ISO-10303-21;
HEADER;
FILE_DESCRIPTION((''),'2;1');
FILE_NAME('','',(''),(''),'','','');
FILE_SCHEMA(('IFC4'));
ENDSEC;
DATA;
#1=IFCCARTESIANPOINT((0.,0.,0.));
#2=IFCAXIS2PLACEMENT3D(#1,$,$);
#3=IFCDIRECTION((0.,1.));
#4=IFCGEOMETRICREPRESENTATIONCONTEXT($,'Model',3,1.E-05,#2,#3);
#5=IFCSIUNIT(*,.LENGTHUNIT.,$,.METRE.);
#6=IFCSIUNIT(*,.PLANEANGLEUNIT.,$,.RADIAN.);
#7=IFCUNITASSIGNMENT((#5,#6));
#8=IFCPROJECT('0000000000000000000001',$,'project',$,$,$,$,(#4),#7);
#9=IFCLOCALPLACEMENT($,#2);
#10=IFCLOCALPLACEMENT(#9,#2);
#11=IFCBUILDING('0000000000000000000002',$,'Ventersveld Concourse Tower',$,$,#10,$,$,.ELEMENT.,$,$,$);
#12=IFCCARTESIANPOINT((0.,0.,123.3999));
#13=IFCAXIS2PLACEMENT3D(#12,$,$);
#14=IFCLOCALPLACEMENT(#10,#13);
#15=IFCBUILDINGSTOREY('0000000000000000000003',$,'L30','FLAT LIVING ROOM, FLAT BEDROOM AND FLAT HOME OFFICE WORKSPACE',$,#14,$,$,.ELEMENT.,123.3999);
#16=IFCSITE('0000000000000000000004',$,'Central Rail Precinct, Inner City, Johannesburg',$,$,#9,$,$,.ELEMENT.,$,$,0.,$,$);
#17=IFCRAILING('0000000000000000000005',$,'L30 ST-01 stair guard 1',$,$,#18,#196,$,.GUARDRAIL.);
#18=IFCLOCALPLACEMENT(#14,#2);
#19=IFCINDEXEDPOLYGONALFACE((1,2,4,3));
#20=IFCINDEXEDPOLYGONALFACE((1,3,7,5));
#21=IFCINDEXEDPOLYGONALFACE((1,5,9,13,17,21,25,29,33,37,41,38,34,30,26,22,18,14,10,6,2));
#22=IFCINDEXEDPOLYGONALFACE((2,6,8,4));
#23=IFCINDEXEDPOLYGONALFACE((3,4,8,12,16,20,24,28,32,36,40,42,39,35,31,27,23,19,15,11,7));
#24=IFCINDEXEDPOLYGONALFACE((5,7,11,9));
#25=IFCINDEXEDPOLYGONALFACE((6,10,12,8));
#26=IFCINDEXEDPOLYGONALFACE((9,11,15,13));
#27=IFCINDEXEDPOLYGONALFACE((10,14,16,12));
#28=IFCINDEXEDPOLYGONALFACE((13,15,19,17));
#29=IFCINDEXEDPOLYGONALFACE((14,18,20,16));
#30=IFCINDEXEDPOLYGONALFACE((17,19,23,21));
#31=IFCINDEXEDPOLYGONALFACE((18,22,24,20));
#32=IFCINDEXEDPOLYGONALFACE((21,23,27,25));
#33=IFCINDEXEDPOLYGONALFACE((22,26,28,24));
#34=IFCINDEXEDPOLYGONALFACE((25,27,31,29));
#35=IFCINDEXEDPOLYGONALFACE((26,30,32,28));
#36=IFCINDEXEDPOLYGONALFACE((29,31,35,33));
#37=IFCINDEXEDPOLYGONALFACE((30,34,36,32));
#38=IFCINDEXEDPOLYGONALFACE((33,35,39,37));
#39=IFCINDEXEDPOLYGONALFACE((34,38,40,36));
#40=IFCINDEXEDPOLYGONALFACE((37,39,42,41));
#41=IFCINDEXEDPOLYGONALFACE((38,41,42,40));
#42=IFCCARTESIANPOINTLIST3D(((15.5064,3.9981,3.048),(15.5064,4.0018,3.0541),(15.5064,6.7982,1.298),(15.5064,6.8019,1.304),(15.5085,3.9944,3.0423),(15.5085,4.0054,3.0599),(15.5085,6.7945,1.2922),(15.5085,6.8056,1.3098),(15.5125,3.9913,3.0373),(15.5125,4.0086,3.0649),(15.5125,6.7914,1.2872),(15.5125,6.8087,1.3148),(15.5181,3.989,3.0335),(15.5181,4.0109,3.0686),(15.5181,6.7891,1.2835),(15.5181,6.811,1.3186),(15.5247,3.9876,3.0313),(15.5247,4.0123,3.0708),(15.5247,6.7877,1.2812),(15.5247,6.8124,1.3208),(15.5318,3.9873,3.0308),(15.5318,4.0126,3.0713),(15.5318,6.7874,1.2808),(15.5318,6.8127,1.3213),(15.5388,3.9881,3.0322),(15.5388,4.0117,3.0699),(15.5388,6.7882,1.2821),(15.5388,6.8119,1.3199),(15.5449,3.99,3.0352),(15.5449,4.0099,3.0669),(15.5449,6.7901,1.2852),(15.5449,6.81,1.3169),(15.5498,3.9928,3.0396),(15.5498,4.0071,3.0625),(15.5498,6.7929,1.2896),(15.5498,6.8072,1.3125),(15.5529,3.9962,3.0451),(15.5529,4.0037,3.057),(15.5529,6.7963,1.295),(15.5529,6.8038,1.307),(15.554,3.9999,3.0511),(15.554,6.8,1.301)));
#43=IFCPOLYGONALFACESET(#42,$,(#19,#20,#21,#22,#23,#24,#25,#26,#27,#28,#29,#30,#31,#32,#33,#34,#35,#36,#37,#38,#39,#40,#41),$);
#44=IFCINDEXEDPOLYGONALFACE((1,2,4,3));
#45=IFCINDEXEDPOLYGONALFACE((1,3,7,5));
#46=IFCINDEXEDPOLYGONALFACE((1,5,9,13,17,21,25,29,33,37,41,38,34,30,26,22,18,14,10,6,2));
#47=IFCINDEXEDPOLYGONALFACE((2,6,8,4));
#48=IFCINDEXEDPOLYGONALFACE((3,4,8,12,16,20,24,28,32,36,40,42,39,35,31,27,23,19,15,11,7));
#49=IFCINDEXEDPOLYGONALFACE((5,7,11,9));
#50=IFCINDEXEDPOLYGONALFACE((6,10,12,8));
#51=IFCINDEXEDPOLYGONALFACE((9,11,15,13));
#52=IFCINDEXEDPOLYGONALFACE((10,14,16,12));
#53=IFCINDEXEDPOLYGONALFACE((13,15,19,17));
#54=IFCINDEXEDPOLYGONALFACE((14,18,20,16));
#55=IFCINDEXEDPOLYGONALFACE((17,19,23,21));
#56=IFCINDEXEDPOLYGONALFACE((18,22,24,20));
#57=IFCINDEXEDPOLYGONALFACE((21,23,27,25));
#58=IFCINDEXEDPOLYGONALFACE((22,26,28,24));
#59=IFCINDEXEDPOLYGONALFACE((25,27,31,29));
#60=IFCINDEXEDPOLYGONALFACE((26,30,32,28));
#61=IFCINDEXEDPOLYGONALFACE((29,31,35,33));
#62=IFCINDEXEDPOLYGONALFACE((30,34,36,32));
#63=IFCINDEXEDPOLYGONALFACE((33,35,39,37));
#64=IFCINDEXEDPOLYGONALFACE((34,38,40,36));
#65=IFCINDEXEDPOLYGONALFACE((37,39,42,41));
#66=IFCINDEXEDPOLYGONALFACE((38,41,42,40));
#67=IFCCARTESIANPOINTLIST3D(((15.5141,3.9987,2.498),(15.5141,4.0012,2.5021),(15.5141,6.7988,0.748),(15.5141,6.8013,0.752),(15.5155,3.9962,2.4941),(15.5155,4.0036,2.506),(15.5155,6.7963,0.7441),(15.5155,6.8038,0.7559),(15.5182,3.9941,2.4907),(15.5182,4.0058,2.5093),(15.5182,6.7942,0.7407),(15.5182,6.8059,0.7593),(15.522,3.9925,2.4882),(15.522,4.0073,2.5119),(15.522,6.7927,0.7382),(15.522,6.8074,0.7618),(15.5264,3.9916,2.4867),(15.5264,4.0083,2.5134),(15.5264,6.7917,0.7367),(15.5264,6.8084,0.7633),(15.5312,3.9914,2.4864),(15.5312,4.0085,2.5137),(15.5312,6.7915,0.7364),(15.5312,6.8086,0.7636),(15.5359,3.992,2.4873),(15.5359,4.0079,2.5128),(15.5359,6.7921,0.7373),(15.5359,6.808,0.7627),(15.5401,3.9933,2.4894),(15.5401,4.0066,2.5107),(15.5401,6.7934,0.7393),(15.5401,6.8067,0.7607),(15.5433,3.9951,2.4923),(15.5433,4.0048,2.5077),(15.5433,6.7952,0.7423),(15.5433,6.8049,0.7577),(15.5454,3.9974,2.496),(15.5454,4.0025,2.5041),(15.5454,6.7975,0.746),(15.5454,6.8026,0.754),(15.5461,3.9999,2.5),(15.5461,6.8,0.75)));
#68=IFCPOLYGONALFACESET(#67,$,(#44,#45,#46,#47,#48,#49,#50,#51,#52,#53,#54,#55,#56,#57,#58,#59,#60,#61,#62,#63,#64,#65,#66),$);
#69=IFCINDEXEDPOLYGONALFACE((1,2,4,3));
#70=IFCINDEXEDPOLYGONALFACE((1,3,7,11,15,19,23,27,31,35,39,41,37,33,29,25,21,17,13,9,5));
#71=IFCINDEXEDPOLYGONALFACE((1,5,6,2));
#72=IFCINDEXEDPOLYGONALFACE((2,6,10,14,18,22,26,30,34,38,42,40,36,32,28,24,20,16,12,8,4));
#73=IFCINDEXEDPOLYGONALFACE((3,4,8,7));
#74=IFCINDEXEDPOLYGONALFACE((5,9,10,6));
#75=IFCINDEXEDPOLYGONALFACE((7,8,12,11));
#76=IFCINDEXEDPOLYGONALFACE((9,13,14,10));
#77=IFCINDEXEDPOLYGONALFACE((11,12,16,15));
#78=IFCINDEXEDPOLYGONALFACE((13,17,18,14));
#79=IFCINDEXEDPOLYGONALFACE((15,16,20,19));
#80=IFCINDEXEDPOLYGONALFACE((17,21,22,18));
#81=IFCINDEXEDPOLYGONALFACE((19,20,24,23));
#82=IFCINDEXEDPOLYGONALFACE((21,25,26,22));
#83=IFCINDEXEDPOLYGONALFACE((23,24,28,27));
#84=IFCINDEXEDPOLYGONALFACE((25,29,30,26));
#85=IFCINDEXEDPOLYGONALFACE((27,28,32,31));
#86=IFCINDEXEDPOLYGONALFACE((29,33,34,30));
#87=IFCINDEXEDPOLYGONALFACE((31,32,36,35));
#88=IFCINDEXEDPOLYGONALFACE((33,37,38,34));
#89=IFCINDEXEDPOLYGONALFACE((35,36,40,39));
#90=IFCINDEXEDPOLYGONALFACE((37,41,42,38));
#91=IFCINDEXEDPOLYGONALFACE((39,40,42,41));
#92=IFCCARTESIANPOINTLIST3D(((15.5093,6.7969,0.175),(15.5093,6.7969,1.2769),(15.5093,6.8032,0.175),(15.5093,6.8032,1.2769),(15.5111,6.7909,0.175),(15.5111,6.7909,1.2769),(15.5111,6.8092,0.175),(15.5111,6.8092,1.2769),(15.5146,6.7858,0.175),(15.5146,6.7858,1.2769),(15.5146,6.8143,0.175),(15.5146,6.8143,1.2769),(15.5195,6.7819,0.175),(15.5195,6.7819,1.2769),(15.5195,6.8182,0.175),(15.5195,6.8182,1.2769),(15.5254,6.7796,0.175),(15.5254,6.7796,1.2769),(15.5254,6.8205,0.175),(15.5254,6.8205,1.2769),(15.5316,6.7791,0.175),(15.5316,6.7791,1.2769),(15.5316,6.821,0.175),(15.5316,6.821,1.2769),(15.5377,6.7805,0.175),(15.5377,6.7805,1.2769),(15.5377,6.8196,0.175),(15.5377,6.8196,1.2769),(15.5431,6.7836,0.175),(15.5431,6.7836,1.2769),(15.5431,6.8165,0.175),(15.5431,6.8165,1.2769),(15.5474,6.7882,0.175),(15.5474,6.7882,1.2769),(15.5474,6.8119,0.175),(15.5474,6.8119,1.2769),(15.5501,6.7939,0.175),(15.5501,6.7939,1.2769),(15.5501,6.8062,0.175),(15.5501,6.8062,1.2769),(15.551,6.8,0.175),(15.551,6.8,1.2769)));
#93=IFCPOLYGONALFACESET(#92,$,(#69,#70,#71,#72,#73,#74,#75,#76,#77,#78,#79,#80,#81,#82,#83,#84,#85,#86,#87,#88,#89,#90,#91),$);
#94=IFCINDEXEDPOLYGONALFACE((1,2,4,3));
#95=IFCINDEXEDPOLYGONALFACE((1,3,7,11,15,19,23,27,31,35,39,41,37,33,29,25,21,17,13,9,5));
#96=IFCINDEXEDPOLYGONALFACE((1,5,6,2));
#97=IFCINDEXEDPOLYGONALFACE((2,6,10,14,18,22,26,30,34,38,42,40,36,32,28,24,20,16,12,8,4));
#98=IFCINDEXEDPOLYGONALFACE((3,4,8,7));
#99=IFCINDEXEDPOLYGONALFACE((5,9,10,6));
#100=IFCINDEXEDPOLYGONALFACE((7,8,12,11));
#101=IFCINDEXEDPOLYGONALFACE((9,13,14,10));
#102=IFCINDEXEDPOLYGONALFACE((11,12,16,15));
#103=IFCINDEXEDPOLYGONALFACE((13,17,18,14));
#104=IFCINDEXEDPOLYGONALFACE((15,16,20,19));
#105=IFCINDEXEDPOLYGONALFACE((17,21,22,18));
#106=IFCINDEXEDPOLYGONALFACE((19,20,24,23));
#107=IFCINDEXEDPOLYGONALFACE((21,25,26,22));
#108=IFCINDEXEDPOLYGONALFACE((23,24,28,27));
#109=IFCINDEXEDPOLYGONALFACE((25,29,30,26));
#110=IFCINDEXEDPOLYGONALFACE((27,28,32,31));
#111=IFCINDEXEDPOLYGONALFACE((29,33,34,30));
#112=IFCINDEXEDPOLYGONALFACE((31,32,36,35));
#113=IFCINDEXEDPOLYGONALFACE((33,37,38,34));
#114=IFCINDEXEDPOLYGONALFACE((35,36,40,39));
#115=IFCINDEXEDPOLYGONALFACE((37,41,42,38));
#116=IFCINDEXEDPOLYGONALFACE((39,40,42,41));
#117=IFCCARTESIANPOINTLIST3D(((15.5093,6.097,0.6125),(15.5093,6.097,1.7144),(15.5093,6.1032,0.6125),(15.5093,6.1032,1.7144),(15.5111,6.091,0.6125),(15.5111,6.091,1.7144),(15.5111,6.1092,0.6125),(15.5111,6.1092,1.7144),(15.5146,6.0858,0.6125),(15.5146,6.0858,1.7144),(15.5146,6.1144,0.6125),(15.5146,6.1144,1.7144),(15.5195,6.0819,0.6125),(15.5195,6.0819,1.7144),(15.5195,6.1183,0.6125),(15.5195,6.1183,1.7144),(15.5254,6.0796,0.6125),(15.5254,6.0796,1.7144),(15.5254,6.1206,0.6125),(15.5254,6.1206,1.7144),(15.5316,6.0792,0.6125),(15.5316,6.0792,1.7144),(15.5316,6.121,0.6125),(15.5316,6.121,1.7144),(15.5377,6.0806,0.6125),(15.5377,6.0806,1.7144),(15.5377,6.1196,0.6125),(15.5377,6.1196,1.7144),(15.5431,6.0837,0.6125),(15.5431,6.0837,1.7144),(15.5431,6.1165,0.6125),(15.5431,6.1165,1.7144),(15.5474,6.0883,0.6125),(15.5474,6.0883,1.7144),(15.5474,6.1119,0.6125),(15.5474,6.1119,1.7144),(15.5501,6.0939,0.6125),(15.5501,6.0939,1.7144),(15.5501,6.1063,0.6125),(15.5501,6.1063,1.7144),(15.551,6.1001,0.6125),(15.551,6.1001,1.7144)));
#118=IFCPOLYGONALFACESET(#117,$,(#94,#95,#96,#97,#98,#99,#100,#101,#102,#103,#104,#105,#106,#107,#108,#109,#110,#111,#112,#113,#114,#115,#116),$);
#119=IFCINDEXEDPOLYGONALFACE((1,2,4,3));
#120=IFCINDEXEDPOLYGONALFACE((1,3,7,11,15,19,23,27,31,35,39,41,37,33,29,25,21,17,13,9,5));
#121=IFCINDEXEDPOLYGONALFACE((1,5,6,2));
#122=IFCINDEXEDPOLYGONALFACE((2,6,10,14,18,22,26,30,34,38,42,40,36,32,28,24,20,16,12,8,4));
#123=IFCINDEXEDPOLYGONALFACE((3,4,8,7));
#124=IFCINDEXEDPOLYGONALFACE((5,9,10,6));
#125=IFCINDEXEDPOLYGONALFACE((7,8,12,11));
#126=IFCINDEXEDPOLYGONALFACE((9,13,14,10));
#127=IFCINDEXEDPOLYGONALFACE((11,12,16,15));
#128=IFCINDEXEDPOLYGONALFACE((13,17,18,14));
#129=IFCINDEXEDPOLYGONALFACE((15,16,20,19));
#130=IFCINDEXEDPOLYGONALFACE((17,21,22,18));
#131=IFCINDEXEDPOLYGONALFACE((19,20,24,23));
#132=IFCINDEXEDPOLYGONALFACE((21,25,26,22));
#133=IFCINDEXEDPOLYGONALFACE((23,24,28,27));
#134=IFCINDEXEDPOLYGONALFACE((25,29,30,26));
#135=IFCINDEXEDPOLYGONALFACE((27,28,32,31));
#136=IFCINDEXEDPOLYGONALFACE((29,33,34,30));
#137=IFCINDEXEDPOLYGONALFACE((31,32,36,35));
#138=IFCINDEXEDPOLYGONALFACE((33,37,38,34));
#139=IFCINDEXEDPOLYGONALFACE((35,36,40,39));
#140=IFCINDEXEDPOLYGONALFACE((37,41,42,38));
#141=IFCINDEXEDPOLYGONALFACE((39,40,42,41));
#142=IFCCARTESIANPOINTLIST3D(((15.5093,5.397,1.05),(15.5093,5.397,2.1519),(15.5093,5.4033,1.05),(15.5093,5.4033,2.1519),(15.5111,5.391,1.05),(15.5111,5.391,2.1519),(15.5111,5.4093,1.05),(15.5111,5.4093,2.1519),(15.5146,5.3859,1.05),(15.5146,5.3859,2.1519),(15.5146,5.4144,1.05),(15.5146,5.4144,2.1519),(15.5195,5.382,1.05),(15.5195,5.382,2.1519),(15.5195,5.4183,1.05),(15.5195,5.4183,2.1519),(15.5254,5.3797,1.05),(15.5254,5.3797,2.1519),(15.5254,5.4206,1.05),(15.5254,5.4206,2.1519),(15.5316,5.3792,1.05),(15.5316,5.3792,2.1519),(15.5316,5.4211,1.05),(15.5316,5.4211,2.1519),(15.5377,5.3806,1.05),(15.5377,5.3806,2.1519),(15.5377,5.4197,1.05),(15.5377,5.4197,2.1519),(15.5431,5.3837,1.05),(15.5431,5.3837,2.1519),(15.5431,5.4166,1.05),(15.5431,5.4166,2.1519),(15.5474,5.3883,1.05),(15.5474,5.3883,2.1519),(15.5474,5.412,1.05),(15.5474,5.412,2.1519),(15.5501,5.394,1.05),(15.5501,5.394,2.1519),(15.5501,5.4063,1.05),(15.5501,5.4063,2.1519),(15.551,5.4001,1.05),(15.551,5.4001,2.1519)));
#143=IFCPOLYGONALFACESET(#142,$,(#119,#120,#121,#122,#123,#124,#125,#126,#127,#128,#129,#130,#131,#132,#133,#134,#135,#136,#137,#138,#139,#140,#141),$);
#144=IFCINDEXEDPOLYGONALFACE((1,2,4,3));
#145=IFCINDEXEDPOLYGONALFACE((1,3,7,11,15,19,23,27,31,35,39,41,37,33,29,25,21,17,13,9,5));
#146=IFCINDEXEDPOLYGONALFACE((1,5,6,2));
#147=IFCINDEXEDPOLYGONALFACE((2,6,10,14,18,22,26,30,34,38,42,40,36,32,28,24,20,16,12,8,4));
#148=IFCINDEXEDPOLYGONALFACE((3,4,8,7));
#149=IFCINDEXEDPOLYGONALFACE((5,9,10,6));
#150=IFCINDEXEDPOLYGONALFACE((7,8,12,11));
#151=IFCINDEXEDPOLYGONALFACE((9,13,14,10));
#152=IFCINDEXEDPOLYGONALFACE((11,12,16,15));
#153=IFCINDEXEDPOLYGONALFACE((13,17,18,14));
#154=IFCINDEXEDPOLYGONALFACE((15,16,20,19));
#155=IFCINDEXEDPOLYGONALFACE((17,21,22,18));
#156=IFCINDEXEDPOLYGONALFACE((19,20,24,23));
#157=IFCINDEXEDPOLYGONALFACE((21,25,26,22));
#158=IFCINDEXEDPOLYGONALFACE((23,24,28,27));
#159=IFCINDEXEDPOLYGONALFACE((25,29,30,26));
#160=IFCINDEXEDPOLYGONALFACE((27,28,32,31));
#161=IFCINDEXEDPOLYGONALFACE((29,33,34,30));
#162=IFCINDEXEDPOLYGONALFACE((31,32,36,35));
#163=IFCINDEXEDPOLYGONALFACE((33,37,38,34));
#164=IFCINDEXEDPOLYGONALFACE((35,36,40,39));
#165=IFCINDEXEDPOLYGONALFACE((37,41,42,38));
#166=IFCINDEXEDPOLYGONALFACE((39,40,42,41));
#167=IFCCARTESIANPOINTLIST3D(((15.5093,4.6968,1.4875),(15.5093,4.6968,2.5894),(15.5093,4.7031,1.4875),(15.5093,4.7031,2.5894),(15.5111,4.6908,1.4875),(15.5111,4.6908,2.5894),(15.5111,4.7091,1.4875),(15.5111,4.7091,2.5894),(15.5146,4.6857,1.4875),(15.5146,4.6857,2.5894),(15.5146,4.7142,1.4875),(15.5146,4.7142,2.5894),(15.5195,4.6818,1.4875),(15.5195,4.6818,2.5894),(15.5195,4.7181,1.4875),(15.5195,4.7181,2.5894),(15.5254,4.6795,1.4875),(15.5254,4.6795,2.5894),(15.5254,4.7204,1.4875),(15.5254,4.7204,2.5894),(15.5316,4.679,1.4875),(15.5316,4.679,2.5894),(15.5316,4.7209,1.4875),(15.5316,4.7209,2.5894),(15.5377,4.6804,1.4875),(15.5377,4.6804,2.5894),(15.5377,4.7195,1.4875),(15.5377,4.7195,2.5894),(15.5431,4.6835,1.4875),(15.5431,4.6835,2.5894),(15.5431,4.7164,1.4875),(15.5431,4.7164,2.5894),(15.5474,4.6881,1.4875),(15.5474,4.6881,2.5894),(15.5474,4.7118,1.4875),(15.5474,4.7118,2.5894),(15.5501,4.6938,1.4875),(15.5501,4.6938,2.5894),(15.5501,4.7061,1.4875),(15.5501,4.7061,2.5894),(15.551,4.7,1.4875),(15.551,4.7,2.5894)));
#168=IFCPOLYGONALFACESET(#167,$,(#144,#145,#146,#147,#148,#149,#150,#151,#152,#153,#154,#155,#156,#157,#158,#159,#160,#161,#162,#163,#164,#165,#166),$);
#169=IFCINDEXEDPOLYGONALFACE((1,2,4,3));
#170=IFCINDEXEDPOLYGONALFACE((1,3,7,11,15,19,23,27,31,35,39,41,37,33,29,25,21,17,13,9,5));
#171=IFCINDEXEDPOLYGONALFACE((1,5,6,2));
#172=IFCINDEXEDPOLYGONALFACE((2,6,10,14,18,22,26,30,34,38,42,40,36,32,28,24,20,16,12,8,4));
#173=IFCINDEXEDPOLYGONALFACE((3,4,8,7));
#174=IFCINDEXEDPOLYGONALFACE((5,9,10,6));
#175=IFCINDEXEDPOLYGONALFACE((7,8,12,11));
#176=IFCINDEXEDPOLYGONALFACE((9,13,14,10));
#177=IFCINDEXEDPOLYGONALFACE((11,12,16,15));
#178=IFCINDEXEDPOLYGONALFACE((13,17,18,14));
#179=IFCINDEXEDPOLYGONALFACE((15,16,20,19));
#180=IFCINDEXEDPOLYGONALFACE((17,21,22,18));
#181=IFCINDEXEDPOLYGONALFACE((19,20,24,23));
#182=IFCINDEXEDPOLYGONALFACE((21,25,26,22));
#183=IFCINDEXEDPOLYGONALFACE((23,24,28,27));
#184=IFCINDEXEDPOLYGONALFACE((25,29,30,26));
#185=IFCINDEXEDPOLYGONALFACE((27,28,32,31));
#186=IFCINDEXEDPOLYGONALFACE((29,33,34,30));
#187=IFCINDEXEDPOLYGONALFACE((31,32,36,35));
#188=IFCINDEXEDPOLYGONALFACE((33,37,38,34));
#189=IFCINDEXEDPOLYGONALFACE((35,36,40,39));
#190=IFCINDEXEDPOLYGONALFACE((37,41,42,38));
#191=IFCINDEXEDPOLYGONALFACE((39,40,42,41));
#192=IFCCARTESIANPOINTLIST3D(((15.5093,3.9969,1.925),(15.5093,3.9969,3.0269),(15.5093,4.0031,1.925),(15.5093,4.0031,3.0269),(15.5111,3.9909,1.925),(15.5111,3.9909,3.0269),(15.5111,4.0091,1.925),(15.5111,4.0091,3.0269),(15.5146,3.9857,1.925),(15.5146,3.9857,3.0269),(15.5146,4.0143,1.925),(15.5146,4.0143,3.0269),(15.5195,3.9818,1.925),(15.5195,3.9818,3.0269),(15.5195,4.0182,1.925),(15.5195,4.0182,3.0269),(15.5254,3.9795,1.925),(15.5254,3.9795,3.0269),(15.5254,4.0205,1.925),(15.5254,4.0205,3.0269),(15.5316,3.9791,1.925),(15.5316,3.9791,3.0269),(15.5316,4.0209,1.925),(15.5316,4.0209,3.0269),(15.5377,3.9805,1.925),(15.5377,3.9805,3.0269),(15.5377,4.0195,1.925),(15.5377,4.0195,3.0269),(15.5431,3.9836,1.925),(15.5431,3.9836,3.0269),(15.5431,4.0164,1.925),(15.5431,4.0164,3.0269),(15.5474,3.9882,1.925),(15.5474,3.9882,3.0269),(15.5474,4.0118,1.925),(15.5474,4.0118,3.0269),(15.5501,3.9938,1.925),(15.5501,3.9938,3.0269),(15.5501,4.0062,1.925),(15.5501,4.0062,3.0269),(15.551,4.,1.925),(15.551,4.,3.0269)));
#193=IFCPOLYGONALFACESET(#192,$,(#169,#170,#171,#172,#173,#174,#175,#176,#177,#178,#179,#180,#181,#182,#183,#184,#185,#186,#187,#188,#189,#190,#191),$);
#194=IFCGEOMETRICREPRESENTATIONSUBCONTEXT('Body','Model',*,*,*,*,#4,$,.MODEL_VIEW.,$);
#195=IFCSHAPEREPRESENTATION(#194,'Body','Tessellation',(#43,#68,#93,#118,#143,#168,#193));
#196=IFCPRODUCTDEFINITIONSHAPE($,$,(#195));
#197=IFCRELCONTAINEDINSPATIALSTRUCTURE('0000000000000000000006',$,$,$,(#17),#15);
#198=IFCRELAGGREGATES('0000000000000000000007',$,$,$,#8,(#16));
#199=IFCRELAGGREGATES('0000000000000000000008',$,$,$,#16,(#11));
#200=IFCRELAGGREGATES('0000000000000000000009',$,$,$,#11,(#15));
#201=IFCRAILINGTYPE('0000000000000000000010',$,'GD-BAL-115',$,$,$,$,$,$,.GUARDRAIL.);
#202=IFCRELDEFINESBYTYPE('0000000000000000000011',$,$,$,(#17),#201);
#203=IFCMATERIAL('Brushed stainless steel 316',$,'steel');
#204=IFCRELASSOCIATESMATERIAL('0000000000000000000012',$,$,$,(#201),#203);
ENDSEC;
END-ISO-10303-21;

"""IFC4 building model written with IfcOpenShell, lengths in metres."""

from ifc_helpers import new_model, si_unit, direction, frame, origin, origin_2d, place, context, subcontext, project, spatial, circle, extrude, material, type_object, element, save


model = new_model("IFC4")

# Units and contexts
model_context = context("Model", 3, precision=1e-05, world=origin(), true_north=direction((0.0, 1.0)))
body_context = subcontext(model_context, "Body", "Model", "MODEL_VIEW")
ifc_project = project(units=[si_unit("LENGTHUNIT", "METRE"), si_unit("PLANEANGLEUNIT", "RADIAN")], contexts=[model_context])

# Site, building, storey
site_placement = place(None, origin())
site = spatial("IfcSite", under=ifc_project, at=site_placement, Name="Central Rail Precinct, Inner City, Johannesburg", CompositionType="ELEMENT", RefElevation=0.0)
building_placement = place(site_placement, origin())
building = spatial("IfcBuilding", under=site, at=building_placement, Name="Ventersveld Concourse Tower", CompositionType="ELEMENT")
storey_placement = place(building_placement, frame((0.0, 0.0, 123.3999)))
storey = spatial("IfcBuildingStorey", under=building, at=storey_placement, Name="L30", Description="FLAT LIVING ROOM, FLAT BEDROOM AND FLAT HOME OFFICE WORKSPACE", CompositionType="ELEMENT", Elevation=123.3999)

# Railing
ifc_material_1 = material(Name="Brushed stainless steel 316", Category="steel")
railing_type_1 = type_object("IfcRailingType", Name="GD-BAL-115", PredefinedType="GUARDRAIL", material=ifc_material_1)
railing_1_placement = place(storey_placement, frame((15.53, 6.8, 0.175)))
element("IfcRailing", 1, at=railing_1_placement, inside=storey, type_object=railing_type_1, Name="L30 ST-01 stair guard 1", PredefinedType="GUARDRAIL", context=body_context, shape_type="SweptSolid", body=[
    extrude(circle(Radius=0.0239, at=origin_2d()), frame((0.0, 0.0, 1.126), z_axis=(0.0, -0.848002, 0.529992), x_axis=(1.0, 0.0, 0.0)), (0.0, 0.0, 1.0), 3.302),
    extrude(circle(Radius=0.0161, at=origin_2d()), frame((0.0, 0.0, 0.575), z_axis=(0.0, -0.848002, 0.529992), x_axis=(1.0, 0.0, 0.0)), (0.0, 0.0, 1.0), 3.302),
    extrude(circle(Radius=0.021, at=origin_2d()), origin(), (0.0, 0.0, 1.0), 1.1018),
    extrude(circle(Radius=0.021, at=origin_2d()), frame((0.0, -0.7, 0.4375)), (0.0, 0.0, 1.0), 1.1018),
    extrude(circle(Radius=0.021, at=origin_2d()), frame((0.0, -1.3999, 0.875)), (0.0, 0.0, 1.0), 1.1018),
    extrude(circle(Radius=0.021, at=origin_2d()), frame((0.0, -2.1001, 1.3125)), (0.0, 0.0, 1.0), 1.1018),
    extrude(circle(Radius=0.021, at=origin_2d()), frame((0.0, -2.8, 1.75)), (0.0, 0.0, 1.0), 1.1018),
])

save(model, "model.ifc")
